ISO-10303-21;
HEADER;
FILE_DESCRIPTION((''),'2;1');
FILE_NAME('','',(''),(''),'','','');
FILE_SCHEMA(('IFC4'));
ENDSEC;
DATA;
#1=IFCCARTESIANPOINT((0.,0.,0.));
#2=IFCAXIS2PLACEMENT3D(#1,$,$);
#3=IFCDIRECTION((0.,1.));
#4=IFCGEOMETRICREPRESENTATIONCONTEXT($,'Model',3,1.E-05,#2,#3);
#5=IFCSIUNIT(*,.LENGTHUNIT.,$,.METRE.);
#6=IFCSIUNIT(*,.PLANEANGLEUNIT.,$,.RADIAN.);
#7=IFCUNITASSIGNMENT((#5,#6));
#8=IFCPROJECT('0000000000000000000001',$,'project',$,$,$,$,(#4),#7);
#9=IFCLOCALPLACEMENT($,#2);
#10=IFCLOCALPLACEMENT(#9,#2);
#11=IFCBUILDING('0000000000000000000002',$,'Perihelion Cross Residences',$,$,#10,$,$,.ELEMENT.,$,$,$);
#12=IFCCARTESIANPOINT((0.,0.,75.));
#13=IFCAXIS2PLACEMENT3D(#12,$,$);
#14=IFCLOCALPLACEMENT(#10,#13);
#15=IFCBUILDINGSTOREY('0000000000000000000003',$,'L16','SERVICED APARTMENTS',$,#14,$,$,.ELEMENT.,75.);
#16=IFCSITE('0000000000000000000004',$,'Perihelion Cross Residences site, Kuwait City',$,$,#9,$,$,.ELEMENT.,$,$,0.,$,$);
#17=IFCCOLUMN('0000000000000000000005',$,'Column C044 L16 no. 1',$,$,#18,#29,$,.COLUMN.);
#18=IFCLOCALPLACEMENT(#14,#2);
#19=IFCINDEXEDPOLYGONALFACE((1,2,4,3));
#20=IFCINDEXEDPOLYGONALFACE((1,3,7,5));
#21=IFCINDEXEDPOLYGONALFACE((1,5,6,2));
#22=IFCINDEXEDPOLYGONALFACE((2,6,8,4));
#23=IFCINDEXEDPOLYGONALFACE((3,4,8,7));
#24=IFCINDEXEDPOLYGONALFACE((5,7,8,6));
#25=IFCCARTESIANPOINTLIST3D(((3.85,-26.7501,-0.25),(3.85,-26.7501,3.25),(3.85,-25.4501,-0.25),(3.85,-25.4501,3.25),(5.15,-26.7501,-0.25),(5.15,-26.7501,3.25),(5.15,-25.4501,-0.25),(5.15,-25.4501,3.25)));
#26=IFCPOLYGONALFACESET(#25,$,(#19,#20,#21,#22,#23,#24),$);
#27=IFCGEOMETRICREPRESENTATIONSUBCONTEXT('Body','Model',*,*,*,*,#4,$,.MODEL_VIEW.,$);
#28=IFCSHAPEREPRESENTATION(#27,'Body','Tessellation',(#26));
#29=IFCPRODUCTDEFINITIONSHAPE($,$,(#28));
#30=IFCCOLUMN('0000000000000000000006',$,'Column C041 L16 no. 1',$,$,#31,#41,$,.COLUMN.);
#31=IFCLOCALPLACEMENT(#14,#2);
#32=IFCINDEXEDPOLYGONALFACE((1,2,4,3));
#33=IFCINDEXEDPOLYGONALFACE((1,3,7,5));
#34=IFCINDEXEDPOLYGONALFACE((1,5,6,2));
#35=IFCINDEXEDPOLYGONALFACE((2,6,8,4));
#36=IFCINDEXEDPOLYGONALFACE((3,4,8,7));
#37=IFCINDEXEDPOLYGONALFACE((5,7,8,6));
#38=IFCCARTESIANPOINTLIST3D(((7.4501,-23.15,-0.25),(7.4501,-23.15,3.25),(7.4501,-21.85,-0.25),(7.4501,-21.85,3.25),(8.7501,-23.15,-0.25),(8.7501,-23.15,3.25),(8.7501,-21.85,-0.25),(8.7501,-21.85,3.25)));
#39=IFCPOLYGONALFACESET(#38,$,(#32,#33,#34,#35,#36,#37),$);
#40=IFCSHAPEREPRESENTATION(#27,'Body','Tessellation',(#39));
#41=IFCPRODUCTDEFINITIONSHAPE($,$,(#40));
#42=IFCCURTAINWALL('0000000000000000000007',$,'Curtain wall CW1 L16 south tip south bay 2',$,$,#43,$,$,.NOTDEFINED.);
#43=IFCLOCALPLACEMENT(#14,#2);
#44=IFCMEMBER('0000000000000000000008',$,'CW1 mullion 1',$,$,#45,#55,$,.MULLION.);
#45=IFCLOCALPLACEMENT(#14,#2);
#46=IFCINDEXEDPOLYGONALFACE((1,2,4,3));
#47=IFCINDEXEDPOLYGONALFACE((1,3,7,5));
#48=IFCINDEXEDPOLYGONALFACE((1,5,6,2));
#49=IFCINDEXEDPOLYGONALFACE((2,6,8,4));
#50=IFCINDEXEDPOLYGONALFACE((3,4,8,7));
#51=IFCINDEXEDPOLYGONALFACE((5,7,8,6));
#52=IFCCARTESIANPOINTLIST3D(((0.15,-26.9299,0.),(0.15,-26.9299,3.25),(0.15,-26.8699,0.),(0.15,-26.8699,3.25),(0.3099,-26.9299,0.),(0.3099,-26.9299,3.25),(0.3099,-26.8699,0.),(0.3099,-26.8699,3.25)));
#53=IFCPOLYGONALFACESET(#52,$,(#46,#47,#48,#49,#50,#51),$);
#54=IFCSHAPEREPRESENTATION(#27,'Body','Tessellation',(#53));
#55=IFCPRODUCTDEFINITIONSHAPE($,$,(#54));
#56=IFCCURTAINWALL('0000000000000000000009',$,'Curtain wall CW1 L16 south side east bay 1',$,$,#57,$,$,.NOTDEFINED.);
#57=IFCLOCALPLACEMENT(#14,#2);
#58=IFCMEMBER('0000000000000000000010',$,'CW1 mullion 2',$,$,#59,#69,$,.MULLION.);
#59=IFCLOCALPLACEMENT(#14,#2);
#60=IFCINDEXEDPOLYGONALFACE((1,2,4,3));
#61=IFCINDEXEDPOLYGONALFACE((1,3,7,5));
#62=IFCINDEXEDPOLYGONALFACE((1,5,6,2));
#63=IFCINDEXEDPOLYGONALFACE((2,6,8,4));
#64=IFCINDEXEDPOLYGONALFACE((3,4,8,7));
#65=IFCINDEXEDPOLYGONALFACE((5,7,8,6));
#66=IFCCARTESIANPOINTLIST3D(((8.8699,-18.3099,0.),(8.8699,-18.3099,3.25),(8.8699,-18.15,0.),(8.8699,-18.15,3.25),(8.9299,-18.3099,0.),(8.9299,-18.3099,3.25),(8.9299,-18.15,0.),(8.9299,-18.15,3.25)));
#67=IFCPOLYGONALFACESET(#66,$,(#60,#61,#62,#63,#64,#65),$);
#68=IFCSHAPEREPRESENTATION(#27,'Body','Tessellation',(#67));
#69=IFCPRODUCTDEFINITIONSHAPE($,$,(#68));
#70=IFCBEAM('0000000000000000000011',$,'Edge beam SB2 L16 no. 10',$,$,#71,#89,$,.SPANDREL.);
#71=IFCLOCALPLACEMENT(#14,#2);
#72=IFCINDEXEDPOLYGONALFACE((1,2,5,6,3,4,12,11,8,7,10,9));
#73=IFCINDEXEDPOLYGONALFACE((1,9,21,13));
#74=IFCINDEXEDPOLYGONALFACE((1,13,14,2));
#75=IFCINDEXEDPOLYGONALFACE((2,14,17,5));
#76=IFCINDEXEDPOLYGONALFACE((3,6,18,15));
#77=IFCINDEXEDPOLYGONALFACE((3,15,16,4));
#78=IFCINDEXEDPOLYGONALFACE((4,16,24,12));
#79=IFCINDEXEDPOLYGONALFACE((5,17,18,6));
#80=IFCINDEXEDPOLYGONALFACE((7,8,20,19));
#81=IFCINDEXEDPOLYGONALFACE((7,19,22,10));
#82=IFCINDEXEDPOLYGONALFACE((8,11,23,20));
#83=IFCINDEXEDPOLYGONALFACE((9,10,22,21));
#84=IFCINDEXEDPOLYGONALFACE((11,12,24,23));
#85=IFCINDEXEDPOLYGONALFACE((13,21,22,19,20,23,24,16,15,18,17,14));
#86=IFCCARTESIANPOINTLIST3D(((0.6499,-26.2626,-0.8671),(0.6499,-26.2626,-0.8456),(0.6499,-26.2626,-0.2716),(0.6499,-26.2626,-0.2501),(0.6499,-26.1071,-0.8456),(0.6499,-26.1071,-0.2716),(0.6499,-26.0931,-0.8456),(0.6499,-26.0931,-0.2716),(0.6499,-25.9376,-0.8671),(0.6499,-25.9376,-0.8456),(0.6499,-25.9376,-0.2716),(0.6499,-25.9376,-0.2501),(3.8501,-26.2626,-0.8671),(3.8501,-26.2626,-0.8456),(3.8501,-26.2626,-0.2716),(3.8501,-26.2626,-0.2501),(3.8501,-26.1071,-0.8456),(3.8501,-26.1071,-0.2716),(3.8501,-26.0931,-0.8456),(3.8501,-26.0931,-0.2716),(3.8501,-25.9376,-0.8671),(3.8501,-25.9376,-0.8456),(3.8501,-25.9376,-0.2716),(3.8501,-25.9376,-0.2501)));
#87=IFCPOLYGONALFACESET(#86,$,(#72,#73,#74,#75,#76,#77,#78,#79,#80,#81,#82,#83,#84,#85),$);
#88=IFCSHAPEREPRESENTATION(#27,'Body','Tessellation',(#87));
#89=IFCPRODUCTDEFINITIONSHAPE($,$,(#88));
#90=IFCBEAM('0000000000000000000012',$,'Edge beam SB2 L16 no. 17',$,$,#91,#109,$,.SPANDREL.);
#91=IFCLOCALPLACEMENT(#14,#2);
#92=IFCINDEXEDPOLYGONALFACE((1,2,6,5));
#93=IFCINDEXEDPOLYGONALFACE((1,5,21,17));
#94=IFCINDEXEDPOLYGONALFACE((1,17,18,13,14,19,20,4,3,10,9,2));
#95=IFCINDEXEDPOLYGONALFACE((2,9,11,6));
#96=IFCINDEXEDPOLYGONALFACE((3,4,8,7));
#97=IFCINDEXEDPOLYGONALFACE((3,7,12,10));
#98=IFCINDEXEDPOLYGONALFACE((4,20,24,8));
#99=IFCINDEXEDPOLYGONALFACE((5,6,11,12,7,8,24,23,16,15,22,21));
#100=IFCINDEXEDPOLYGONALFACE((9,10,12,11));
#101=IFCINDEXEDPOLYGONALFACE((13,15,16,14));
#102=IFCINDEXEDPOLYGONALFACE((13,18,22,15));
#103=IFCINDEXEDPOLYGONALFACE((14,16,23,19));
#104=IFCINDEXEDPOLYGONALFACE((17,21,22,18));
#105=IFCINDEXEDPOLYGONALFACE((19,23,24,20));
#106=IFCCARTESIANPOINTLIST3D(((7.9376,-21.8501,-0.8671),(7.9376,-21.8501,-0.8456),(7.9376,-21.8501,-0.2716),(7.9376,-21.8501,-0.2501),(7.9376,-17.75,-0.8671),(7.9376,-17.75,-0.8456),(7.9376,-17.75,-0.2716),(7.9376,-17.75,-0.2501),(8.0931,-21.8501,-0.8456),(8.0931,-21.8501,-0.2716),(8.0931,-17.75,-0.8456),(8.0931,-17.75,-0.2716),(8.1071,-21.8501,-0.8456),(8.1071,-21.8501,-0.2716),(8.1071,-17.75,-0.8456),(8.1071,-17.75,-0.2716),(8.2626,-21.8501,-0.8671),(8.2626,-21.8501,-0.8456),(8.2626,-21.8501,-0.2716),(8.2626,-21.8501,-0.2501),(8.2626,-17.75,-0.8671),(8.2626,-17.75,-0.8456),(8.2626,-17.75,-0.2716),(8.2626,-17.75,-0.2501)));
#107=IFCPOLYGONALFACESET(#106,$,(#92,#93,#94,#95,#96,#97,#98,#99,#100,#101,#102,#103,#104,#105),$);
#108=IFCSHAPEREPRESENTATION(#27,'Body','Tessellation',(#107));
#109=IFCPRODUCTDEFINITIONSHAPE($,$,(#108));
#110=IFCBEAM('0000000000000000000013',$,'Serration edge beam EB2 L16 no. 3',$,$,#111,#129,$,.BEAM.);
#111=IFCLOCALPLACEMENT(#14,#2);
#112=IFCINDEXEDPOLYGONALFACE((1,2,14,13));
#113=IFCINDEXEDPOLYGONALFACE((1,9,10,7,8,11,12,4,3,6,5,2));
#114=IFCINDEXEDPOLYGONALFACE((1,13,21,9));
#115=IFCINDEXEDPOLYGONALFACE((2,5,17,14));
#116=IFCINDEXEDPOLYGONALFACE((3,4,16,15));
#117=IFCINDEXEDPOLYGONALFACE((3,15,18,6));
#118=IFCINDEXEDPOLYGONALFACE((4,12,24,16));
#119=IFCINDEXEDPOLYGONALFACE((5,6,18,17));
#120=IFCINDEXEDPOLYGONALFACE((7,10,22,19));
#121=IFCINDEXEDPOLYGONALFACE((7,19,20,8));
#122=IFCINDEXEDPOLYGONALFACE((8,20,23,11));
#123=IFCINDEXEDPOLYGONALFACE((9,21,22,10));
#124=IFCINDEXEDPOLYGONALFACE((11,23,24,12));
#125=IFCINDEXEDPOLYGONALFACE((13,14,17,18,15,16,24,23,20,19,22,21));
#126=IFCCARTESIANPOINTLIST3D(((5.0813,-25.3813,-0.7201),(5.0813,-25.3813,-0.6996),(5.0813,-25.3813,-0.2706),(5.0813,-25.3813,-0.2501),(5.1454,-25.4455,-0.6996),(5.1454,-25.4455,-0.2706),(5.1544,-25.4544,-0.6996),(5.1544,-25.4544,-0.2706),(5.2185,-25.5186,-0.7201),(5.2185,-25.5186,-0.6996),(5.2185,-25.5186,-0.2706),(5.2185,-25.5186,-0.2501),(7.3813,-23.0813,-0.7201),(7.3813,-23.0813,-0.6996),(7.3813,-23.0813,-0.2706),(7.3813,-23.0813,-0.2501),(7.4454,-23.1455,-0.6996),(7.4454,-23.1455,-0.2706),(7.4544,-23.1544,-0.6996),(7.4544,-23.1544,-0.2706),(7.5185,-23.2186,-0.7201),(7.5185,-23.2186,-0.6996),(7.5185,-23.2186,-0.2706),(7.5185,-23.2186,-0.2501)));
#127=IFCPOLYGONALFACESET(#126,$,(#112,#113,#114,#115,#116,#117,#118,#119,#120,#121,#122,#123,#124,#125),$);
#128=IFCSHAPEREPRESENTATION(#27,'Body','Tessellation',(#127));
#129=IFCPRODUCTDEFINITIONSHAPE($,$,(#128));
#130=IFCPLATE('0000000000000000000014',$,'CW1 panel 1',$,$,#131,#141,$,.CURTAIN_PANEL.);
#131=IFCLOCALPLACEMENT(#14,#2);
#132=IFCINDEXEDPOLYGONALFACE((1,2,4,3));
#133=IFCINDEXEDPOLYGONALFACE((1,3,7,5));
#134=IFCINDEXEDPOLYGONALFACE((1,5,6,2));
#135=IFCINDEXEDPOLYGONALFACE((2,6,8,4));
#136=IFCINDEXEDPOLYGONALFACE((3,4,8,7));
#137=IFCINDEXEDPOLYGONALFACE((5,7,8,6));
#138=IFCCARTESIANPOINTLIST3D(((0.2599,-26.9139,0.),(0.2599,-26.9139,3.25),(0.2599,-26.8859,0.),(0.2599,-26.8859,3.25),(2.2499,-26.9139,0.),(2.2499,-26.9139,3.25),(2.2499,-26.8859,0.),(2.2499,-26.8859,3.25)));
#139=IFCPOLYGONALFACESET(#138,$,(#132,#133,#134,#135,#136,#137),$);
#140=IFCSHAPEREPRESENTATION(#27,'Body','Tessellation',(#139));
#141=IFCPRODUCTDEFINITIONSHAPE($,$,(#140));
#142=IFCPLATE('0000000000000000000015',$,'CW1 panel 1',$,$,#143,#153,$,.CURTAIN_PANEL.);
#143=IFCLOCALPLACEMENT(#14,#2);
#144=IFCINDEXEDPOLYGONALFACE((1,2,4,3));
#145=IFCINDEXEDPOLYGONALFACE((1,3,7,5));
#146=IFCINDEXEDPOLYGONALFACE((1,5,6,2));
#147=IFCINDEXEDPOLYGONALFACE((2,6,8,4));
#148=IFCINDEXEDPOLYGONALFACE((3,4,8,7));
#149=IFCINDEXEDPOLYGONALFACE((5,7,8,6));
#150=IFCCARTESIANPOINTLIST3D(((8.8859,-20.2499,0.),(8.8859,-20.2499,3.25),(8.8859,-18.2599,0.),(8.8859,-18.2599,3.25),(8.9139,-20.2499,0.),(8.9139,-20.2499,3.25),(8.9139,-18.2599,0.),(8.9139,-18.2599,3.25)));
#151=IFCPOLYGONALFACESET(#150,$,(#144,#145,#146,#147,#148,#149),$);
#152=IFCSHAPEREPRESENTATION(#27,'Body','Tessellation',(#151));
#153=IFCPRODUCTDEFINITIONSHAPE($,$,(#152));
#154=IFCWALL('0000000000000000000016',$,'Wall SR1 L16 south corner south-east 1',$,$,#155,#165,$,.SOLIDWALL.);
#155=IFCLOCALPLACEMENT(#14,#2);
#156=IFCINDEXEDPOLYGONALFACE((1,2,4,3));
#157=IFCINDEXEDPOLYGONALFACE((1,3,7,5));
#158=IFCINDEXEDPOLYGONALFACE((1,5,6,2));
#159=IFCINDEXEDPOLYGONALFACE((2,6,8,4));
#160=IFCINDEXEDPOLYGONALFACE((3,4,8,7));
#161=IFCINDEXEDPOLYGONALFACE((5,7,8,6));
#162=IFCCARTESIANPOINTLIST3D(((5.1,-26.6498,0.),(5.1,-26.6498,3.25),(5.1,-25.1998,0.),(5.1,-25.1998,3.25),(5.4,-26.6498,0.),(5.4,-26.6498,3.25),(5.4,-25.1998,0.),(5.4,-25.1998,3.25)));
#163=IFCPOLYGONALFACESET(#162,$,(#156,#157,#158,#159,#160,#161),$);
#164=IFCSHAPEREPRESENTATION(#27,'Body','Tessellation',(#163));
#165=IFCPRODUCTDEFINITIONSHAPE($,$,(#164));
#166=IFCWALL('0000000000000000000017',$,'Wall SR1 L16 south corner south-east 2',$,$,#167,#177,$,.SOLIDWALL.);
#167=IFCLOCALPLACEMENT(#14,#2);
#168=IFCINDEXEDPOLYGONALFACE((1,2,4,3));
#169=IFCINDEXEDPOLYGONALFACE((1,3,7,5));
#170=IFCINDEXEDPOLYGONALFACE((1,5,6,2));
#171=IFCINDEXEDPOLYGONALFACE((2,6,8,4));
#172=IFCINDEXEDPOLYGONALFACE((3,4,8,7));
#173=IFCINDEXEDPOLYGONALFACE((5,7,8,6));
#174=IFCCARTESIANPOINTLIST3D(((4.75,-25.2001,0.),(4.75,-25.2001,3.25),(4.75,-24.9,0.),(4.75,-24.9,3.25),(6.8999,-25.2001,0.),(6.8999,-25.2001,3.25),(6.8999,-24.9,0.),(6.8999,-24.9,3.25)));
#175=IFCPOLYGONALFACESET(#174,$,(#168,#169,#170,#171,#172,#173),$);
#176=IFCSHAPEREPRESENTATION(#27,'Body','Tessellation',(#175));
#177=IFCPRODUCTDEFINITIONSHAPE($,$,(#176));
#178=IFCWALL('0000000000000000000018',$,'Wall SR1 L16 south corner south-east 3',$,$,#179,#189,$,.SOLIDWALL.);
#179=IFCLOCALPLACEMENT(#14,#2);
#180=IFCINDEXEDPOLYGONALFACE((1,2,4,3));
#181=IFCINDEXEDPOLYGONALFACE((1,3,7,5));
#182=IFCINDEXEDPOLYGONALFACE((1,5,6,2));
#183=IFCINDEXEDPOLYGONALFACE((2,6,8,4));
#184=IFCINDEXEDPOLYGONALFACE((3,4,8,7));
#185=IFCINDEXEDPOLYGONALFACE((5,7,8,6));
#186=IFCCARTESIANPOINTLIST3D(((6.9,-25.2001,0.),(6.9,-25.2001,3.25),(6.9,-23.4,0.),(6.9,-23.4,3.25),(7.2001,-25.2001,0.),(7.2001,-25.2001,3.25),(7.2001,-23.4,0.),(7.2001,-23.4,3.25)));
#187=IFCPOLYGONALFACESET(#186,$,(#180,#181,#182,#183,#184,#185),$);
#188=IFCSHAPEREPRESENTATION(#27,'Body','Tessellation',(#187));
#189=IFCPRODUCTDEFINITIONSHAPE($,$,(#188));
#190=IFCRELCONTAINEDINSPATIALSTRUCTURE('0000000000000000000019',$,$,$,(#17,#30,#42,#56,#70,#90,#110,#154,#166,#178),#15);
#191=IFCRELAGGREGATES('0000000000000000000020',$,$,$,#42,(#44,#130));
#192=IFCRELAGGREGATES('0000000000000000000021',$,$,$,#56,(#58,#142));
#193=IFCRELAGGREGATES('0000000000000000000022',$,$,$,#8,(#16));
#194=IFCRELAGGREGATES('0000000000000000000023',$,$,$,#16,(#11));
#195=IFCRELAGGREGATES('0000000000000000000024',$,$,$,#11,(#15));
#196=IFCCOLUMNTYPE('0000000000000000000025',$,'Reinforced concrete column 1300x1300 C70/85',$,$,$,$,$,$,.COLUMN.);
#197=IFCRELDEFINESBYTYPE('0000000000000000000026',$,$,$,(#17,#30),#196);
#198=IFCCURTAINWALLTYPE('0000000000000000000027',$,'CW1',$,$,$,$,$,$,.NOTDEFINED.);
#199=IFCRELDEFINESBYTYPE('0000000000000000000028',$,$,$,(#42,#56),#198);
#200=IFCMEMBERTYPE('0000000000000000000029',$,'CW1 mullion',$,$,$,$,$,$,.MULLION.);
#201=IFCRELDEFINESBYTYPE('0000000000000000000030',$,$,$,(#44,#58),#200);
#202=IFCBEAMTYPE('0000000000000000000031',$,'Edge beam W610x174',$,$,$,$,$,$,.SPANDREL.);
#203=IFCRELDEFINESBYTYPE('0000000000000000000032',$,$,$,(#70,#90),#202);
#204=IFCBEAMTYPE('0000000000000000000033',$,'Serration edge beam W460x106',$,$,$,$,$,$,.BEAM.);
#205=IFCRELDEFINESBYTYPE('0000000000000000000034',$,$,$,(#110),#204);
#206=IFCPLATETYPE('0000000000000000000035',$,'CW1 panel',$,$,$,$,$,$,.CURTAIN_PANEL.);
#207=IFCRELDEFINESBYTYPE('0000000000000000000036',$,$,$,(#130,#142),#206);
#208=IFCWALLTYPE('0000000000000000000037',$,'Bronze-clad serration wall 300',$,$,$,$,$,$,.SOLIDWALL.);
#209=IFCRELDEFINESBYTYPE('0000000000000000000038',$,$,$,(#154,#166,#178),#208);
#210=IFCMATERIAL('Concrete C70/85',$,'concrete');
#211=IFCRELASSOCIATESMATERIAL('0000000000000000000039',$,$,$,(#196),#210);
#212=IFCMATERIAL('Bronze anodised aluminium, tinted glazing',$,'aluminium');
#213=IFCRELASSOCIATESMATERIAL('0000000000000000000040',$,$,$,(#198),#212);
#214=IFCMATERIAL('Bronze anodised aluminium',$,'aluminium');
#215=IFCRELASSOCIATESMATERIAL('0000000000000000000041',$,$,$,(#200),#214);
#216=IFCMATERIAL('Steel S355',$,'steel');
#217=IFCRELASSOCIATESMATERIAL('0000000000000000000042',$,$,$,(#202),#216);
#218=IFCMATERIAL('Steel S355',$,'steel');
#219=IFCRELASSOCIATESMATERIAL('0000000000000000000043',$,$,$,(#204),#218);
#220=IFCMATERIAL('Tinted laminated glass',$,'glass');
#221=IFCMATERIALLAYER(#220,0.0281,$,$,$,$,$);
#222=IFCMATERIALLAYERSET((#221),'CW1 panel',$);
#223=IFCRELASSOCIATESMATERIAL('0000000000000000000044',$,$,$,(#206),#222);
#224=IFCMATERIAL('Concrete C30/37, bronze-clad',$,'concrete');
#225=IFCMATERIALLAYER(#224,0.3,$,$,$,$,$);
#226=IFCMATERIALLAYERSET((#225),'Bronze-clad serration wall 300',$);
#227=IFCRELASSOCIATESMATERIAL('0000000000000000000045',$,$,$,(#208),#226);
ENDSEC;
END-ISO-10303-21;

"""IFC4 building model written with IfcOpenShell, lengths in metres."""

from ifc_helpers import new_model, si_unit, direction, frame, frame_2d, origin, origin_2d, place, context, subcontext, project, spatial, rectangle, i_section, extrude, material, layer, layer_set, material_profile, profile_set, type_object, element, aggregate, save


model = new_model("IFC4")

# Units and contexts
model_context = context("Model", 3, precision=1e-05, world=origin(), true_north=direction((0.0, 1.0)))
body_context = subcontext(model_context, "Body", "Model", "MODEL_VIEW")
ifc_project = project(units=[si_unit("LENGTHUNIT", "METRE"), si_unit("PLANEANGLEUNIT", "RADIAN")], contexts=[model_context])

# Site, building, storey
site_placement = place(None, origin())
site = spatial("IfcSite", under=ifc_project, at=site_placement, Name="Perihelion Cross Residences site, Kuwait City", CompositionType="ELEMENT", RefElevation=0.0)
building_placement = place(site_placement, origin())
building = spatial("IfcBuilding", under=site, at=building_placement, Name="Perihelion Cross Residences", CompositionType="ELEMENT")
storey_placement = place(building_placement, frame((0.0, 0.0, 75.0)))
storey = spatial("IfcBuildingStorey", under=building, at=storey_placement, Name="L16", Description="SERVICED APARTMENTS", CompositionType="ELEMENT", Elevation=75.0)

# Columns
ifc_material_1 = material(Name="Concrete C70/85", Category="concrete")
ifc_material_profile_1 = material_profile(ifc_material_1, rectangle(XDim=1.3, YDim=1.3, at=origin_2d()), Name="RC 1300x1300")
ifc_profile_set_1 = profile_set([ifc_material_profile_1], Name="Concrete C70/85")
column_type = type_object("IfcColumnType", Name="Reinforced concrete column 1300x1300 C70/85", PredefinedType="COLUMN", material=ifc_profile_set_1)
for number, where, z_axis, x_axis, name in (
    (1, (4.5, -26.1001, -0.25), (0.0, 0.0, 1.0), (1.0, 0.0, 0.0), "Column C044 L16 no. 1"),
    (2, (8.1001, -22.5, -0.25), (0.0, 0.0, 1.0), (1.0, 0.0, 0.0), "Column C041 L16 no. 1"),
):
    element("IfcColumn", number, at=place(storey_placement, frame(where, z_axis=z_axis, x_axis=x_axis)), inside=storey, type_object=column_type, Name=name, PredefinedType="COLUMN", context=body_context, shape_type="SweptSolid", body=[
        extrude(rectangle(XDim=1.3, YDim=1.3, at=origin_2d()), origin(), (0.0, 0.0, 1.0), 3.5),
    ])

# Curtain walls, members
ifc_material_2 = material(Name="Bronze anodised aluminium, tinted glazing", Category="aluminium")
curtain_wall_type = type_object("IfcCurtainWallType", Name="CW1", PredefinedType="NOTDEFINED", material=ifc_material_2)
curtain_wall_1_placement = place(storey_placement, origin())
curtain_wall_1 = element("IfcCurtainWall", 3, at=curtain_wall_1_placement, inside=storey, type_object=curtain_wall_type, Name="Curtain wall CW1 L16 south tip south bay 2", PredefinedType="NOTDEFINED")
ifc_material_3 = material(Name="Bronze anodised aluminium", Category="aluminium")
ifc_material_profile_2 = material_profile(ifc_material_3, rectangle(XDim=0.0601, YDim=0.1599, at=origin_2d()), Name="CW1 mullion")
ifc_profile_set_2 = profile_set([ifc_material_profile_2], Name="Bronze anodised aluminium")
member_type = type_object("IfcMemberType", Name="CW1 mullion", PredefinedType="MULLION", material=ifc_profile_set_2)
member_1_placement = place(storey_placement, frame((0.23, -26.8999, 0.0), z_axis=(0.0, 0.0, 1.0), x_axis=(0.0, 1.0, 0.0)))
member_1 = element("IfcMember", 4, at=member_1_placement, type_object=member_type, Name="CW1 mullion 1", PredefinedType="MULLION", context=body_context, shape_type="SweptSolid", body=[
    extrude(rectangle(XDim=0.0601, YDim=0.1599, at=origin_2d()), origin(), (0.0, 0.0, 1.0), 3.25),
])
curtain_wall_2_placement = place(storey_placement, origin())
curtain_wall_2 = element("IfcCurtainWall", 5, at=curtain_wall_2_placement, inside=storey, type_object=curtain_wall_type, Name="Curtain wall CW1 L16 south side east bay 1", PredefinedType="NOTDEFINED")
member_2_placement = place(storey_placement, frame((8.8999, -18.23, 0.0), z_axis=(0.0, 0.0, 1.0), x_axis=(-1.0, 0.0, 0.0)))
member_2 = element("IfcMember", 6, at=member_2_placement, type_object=member_type, Name="CW1 mullion 2", PredefinedType="MULLION", context=body_context, shape_type="SweptSolid", body=[
    extrude(rectangle(XDim=0.0601, YDim=0.1599, at=origin_2d()), origin(), (0.0, 0.0, 1.0), 3.25),
])

# Beams
ifc_material_4 = material(Name="Steel S355", Category="steel")
ifc_material_profile_3 = material_profile(ifc_material_4, i_section(OverallWidth=0.325, OverallDepth=0.6169, WebThickness=0.0139, FlangeThickness=0.0215, at=origin_2d()), Name="W610x174")
ifc_profile_set_3 = profile_set([ifc_material_profile_3], Name="Steel S355")
beam_type_1 = type_object("IfcBeamType", Name="Edge beam W610x174", PredefinedType="SPANDREL", material=ifc_profile_set_3)
beam_1_placement = place(storey_placement, frame((0.6499, -26.1001, -0.5586), z_axis=(1.0, 0.0, 0.0), x_axis=(0.0, 1.0, 0.0)))
element("IfcBeam", 7, at=beam_1_placement, inside=storey, type_object=beam_type_1, Name="Edge beam SB2 L16 no. 10", PredefinedType="SPANDREL", context=body_context, shape_type="SweptSolid", body=[
    extrude(i_section(OverallWidth=0.325, OverallDepth=0.6169, WebThickness=0.0139, FlangeThickness=0.0215, at=origin_2d()), origin(), (0.0, 0.0, 1.0), 3.2002),
])
beam_2_placement = place(storey_placement, frame((8.1001, -21.8501, -0.5586), z_axis=(0.0, 1.0, 0.0), x_axis=(-1.0, 0.0, 0.0)))
element("IfcBeam", 8, at=beam_2_placement, inside=storey, type_object=beam_type_1, Name="Edge beam SB2 L16 no. 17", PredefinedType="SPANDREL", context=body_context, shape_type="SweptSolid", body=[
    extrude(i_section(OverallWidth=0.325, OverallDepth=0.6169, WebThickness=0.0139, FlangeThickness=0.0215, at=origin_2d()), origin(), (0.0, 0.0, 1.0), 4.1001),
])
ifc_material_5 = material(Name="Steel S355", Category="steel")
ifc_material_profile_4 = material_profile(ifc_material_5, i_section(OverallWidth=0.1941, OverallDepth=0.47, WebThickness=0.0127, FlangeThickness=0.0205, at=origin_2d()), Name="W460x106")
ifc_profile_set_4 = profile_set([ifc_material_profile_4], Name="Steel S355")
beam_type_2 = type_object("IfcBeamType", Name="Serration edge beam W460x106", PredefinedType="BEAM", material=ifc_profile_set_4)
beam_3_placement = place(storey_placement, frame((5.1499, -25.45, -0.4851), z_axis=(0.707107, 0.707107, 0.0), x_axis=(-0.707107, 0.707107, 0.0)))
element("IfcBeam", 9, at=beam_3_placement, inside=storey, type_object=beam_type_2, Name="Serration edge beam EB2 L16 no. 3", PredefinedType="BEAM", context=body_context, shape_type="SweptSolid", body=[
    extrude(i_section(OverallWidth=0.1941, OverallDepth=0.47, WebThickness=0.0127, FlangeThickness=0.0205, at=origin_2d()), origin(), (0.0, 0.0, 1.0), 3.2527),
])

# Plates
ifc_material_6 = material(Name="Tinted laminated glass", Category="glass")
ifc_layer_1 = layer(ifc_material_6, 0.0281)
ifc_layer_set_1 = layer_set([ifc_layer_1], Name="CW1 panel")
plate_type = type_object("IfcPlateType", Name="CW1 panel", PredefinedType="CURTAIN_PANEL", material=ifc_layer_set_1)
plate_1_placement = place(storey_placement, frame((1.2549, -26.8999, 0.0), z_axis=(0.0, 0.0, 1.0), x_axis=(1.0, 0.0, 0.0)))
plate_1 = element("IfcPlate", 10, at=plate_1_placement, type_object=plate_type, Name="CW1 panel 1", PredefinedType="CURTAIN_PANEL", context=body_context, shape_type="SweptSolid", body=[
    extrude(rectangle(XDim=1.99, YDim=0.0281, at=origin_2d()), origin(), (0.0, 0.0, 1.0), 3.25),
])
aggregate(curtain_wall_1, [member_1, plate_1])
plate_2_placement = place(storey_placement, frame((8.8999, -19.2549, 0.0), z_axis=(0.0, 0.0, 1.0), x_axis=(0.0, 1.0, 0.0)))
plate_2 = element("IfcPlate", 11, at=plate_2_placement, type_object=plate_type, Name="CW1 panel 1", PredefinedType="CURTAIN_PANEL", context=body_context, shape_type="SweptSolid", body=[
    extrude(rectangle(XDim=1.99, YDim=0.0281, at=origin_2d()), origin(), (0.0, 0.0, 1.0), 3.25),
])
aggregate(curtain_wall_2, [member_2, plate_2])

# Walls
ifc_material_7 = material(Name="Concrete C30/37, bronze-clad", Category="concrete")
ifc_layer_2 = layer(ifc_material_7, 0.3)
ifc_layer_set_2 = layer_set([ifc_layer_2], Name="Bronze-clad serration wall 300")
wall_type_1 = type_object("IfcWallType", Name="Bronze-clad serration wall 300", PredefinedType="SOLIDWALL", material=ifc_layer_set_2)
wall_1_placement = place(storey_placement, frame((5.25, -26.6499, 0.0), z_axis=(0.0, 0.0, 1.0), x_axis=(0.0, 1.0, 0.0)))
element("IfcWall", 12, at=wall_1_placement, inside=storey, type_object=wall_type_1, Name="Wall SR1 L16 south corner south-east 1", PredefinedType="SOLIDWALL", context=body_context, shape_type="SweptSolid", body=[
    extrude(rectangle(XDim=1.45, YDim=0.3, at=frame_2d((0.7251, 0.0))), origin(), (0.0, 0.0, 1.0), 3.25),
])
wall_2_placement = place(storey_placement, frame((4.75, -25.05, 0.0), z_axis=(0.0, 0.0, 1.0), x_axis=(1.0, 0.0, 0.0)))
element("IfcWall", 13, at=wall_2_placement, inside=storey, type_object=wall_type_1, Name="Wall SR1 L16 south corner south-east 2", PredefinedType="SOLIDWALL", context=body_context, shape_type="SweptSolid", body=[
    extrude(rectangle(XDim=2.1499, YDim=0.3, at=frame_2d((1.075, 0.0))), origin(), (0.0, 0.0, 1.0), 3.25),
])
wall_3_placement = place(storey_placement, frame((7.05, -25.2, 0.0), z_axis=(0.0, 0.0, 1.0), x_axis=(0.0, 1.0, 0.0)))
element("IfcWall", 14, at=wall_3_placement, inside=storey, type_object=wall_type_1, Name="Wall SR1 L16 south corner south-east 3", PredefinedType="SOLIDWALL", context=body_context, shape_type="SweptSolid", body=[
    extrude(rectangle(XDim=1.8, YDim=0.3, at=frame_2d((0.8999, 0.0))), origin(), (0.0, 0.0, 1.0), 3.25),
])

save(model, "model.ifc")
